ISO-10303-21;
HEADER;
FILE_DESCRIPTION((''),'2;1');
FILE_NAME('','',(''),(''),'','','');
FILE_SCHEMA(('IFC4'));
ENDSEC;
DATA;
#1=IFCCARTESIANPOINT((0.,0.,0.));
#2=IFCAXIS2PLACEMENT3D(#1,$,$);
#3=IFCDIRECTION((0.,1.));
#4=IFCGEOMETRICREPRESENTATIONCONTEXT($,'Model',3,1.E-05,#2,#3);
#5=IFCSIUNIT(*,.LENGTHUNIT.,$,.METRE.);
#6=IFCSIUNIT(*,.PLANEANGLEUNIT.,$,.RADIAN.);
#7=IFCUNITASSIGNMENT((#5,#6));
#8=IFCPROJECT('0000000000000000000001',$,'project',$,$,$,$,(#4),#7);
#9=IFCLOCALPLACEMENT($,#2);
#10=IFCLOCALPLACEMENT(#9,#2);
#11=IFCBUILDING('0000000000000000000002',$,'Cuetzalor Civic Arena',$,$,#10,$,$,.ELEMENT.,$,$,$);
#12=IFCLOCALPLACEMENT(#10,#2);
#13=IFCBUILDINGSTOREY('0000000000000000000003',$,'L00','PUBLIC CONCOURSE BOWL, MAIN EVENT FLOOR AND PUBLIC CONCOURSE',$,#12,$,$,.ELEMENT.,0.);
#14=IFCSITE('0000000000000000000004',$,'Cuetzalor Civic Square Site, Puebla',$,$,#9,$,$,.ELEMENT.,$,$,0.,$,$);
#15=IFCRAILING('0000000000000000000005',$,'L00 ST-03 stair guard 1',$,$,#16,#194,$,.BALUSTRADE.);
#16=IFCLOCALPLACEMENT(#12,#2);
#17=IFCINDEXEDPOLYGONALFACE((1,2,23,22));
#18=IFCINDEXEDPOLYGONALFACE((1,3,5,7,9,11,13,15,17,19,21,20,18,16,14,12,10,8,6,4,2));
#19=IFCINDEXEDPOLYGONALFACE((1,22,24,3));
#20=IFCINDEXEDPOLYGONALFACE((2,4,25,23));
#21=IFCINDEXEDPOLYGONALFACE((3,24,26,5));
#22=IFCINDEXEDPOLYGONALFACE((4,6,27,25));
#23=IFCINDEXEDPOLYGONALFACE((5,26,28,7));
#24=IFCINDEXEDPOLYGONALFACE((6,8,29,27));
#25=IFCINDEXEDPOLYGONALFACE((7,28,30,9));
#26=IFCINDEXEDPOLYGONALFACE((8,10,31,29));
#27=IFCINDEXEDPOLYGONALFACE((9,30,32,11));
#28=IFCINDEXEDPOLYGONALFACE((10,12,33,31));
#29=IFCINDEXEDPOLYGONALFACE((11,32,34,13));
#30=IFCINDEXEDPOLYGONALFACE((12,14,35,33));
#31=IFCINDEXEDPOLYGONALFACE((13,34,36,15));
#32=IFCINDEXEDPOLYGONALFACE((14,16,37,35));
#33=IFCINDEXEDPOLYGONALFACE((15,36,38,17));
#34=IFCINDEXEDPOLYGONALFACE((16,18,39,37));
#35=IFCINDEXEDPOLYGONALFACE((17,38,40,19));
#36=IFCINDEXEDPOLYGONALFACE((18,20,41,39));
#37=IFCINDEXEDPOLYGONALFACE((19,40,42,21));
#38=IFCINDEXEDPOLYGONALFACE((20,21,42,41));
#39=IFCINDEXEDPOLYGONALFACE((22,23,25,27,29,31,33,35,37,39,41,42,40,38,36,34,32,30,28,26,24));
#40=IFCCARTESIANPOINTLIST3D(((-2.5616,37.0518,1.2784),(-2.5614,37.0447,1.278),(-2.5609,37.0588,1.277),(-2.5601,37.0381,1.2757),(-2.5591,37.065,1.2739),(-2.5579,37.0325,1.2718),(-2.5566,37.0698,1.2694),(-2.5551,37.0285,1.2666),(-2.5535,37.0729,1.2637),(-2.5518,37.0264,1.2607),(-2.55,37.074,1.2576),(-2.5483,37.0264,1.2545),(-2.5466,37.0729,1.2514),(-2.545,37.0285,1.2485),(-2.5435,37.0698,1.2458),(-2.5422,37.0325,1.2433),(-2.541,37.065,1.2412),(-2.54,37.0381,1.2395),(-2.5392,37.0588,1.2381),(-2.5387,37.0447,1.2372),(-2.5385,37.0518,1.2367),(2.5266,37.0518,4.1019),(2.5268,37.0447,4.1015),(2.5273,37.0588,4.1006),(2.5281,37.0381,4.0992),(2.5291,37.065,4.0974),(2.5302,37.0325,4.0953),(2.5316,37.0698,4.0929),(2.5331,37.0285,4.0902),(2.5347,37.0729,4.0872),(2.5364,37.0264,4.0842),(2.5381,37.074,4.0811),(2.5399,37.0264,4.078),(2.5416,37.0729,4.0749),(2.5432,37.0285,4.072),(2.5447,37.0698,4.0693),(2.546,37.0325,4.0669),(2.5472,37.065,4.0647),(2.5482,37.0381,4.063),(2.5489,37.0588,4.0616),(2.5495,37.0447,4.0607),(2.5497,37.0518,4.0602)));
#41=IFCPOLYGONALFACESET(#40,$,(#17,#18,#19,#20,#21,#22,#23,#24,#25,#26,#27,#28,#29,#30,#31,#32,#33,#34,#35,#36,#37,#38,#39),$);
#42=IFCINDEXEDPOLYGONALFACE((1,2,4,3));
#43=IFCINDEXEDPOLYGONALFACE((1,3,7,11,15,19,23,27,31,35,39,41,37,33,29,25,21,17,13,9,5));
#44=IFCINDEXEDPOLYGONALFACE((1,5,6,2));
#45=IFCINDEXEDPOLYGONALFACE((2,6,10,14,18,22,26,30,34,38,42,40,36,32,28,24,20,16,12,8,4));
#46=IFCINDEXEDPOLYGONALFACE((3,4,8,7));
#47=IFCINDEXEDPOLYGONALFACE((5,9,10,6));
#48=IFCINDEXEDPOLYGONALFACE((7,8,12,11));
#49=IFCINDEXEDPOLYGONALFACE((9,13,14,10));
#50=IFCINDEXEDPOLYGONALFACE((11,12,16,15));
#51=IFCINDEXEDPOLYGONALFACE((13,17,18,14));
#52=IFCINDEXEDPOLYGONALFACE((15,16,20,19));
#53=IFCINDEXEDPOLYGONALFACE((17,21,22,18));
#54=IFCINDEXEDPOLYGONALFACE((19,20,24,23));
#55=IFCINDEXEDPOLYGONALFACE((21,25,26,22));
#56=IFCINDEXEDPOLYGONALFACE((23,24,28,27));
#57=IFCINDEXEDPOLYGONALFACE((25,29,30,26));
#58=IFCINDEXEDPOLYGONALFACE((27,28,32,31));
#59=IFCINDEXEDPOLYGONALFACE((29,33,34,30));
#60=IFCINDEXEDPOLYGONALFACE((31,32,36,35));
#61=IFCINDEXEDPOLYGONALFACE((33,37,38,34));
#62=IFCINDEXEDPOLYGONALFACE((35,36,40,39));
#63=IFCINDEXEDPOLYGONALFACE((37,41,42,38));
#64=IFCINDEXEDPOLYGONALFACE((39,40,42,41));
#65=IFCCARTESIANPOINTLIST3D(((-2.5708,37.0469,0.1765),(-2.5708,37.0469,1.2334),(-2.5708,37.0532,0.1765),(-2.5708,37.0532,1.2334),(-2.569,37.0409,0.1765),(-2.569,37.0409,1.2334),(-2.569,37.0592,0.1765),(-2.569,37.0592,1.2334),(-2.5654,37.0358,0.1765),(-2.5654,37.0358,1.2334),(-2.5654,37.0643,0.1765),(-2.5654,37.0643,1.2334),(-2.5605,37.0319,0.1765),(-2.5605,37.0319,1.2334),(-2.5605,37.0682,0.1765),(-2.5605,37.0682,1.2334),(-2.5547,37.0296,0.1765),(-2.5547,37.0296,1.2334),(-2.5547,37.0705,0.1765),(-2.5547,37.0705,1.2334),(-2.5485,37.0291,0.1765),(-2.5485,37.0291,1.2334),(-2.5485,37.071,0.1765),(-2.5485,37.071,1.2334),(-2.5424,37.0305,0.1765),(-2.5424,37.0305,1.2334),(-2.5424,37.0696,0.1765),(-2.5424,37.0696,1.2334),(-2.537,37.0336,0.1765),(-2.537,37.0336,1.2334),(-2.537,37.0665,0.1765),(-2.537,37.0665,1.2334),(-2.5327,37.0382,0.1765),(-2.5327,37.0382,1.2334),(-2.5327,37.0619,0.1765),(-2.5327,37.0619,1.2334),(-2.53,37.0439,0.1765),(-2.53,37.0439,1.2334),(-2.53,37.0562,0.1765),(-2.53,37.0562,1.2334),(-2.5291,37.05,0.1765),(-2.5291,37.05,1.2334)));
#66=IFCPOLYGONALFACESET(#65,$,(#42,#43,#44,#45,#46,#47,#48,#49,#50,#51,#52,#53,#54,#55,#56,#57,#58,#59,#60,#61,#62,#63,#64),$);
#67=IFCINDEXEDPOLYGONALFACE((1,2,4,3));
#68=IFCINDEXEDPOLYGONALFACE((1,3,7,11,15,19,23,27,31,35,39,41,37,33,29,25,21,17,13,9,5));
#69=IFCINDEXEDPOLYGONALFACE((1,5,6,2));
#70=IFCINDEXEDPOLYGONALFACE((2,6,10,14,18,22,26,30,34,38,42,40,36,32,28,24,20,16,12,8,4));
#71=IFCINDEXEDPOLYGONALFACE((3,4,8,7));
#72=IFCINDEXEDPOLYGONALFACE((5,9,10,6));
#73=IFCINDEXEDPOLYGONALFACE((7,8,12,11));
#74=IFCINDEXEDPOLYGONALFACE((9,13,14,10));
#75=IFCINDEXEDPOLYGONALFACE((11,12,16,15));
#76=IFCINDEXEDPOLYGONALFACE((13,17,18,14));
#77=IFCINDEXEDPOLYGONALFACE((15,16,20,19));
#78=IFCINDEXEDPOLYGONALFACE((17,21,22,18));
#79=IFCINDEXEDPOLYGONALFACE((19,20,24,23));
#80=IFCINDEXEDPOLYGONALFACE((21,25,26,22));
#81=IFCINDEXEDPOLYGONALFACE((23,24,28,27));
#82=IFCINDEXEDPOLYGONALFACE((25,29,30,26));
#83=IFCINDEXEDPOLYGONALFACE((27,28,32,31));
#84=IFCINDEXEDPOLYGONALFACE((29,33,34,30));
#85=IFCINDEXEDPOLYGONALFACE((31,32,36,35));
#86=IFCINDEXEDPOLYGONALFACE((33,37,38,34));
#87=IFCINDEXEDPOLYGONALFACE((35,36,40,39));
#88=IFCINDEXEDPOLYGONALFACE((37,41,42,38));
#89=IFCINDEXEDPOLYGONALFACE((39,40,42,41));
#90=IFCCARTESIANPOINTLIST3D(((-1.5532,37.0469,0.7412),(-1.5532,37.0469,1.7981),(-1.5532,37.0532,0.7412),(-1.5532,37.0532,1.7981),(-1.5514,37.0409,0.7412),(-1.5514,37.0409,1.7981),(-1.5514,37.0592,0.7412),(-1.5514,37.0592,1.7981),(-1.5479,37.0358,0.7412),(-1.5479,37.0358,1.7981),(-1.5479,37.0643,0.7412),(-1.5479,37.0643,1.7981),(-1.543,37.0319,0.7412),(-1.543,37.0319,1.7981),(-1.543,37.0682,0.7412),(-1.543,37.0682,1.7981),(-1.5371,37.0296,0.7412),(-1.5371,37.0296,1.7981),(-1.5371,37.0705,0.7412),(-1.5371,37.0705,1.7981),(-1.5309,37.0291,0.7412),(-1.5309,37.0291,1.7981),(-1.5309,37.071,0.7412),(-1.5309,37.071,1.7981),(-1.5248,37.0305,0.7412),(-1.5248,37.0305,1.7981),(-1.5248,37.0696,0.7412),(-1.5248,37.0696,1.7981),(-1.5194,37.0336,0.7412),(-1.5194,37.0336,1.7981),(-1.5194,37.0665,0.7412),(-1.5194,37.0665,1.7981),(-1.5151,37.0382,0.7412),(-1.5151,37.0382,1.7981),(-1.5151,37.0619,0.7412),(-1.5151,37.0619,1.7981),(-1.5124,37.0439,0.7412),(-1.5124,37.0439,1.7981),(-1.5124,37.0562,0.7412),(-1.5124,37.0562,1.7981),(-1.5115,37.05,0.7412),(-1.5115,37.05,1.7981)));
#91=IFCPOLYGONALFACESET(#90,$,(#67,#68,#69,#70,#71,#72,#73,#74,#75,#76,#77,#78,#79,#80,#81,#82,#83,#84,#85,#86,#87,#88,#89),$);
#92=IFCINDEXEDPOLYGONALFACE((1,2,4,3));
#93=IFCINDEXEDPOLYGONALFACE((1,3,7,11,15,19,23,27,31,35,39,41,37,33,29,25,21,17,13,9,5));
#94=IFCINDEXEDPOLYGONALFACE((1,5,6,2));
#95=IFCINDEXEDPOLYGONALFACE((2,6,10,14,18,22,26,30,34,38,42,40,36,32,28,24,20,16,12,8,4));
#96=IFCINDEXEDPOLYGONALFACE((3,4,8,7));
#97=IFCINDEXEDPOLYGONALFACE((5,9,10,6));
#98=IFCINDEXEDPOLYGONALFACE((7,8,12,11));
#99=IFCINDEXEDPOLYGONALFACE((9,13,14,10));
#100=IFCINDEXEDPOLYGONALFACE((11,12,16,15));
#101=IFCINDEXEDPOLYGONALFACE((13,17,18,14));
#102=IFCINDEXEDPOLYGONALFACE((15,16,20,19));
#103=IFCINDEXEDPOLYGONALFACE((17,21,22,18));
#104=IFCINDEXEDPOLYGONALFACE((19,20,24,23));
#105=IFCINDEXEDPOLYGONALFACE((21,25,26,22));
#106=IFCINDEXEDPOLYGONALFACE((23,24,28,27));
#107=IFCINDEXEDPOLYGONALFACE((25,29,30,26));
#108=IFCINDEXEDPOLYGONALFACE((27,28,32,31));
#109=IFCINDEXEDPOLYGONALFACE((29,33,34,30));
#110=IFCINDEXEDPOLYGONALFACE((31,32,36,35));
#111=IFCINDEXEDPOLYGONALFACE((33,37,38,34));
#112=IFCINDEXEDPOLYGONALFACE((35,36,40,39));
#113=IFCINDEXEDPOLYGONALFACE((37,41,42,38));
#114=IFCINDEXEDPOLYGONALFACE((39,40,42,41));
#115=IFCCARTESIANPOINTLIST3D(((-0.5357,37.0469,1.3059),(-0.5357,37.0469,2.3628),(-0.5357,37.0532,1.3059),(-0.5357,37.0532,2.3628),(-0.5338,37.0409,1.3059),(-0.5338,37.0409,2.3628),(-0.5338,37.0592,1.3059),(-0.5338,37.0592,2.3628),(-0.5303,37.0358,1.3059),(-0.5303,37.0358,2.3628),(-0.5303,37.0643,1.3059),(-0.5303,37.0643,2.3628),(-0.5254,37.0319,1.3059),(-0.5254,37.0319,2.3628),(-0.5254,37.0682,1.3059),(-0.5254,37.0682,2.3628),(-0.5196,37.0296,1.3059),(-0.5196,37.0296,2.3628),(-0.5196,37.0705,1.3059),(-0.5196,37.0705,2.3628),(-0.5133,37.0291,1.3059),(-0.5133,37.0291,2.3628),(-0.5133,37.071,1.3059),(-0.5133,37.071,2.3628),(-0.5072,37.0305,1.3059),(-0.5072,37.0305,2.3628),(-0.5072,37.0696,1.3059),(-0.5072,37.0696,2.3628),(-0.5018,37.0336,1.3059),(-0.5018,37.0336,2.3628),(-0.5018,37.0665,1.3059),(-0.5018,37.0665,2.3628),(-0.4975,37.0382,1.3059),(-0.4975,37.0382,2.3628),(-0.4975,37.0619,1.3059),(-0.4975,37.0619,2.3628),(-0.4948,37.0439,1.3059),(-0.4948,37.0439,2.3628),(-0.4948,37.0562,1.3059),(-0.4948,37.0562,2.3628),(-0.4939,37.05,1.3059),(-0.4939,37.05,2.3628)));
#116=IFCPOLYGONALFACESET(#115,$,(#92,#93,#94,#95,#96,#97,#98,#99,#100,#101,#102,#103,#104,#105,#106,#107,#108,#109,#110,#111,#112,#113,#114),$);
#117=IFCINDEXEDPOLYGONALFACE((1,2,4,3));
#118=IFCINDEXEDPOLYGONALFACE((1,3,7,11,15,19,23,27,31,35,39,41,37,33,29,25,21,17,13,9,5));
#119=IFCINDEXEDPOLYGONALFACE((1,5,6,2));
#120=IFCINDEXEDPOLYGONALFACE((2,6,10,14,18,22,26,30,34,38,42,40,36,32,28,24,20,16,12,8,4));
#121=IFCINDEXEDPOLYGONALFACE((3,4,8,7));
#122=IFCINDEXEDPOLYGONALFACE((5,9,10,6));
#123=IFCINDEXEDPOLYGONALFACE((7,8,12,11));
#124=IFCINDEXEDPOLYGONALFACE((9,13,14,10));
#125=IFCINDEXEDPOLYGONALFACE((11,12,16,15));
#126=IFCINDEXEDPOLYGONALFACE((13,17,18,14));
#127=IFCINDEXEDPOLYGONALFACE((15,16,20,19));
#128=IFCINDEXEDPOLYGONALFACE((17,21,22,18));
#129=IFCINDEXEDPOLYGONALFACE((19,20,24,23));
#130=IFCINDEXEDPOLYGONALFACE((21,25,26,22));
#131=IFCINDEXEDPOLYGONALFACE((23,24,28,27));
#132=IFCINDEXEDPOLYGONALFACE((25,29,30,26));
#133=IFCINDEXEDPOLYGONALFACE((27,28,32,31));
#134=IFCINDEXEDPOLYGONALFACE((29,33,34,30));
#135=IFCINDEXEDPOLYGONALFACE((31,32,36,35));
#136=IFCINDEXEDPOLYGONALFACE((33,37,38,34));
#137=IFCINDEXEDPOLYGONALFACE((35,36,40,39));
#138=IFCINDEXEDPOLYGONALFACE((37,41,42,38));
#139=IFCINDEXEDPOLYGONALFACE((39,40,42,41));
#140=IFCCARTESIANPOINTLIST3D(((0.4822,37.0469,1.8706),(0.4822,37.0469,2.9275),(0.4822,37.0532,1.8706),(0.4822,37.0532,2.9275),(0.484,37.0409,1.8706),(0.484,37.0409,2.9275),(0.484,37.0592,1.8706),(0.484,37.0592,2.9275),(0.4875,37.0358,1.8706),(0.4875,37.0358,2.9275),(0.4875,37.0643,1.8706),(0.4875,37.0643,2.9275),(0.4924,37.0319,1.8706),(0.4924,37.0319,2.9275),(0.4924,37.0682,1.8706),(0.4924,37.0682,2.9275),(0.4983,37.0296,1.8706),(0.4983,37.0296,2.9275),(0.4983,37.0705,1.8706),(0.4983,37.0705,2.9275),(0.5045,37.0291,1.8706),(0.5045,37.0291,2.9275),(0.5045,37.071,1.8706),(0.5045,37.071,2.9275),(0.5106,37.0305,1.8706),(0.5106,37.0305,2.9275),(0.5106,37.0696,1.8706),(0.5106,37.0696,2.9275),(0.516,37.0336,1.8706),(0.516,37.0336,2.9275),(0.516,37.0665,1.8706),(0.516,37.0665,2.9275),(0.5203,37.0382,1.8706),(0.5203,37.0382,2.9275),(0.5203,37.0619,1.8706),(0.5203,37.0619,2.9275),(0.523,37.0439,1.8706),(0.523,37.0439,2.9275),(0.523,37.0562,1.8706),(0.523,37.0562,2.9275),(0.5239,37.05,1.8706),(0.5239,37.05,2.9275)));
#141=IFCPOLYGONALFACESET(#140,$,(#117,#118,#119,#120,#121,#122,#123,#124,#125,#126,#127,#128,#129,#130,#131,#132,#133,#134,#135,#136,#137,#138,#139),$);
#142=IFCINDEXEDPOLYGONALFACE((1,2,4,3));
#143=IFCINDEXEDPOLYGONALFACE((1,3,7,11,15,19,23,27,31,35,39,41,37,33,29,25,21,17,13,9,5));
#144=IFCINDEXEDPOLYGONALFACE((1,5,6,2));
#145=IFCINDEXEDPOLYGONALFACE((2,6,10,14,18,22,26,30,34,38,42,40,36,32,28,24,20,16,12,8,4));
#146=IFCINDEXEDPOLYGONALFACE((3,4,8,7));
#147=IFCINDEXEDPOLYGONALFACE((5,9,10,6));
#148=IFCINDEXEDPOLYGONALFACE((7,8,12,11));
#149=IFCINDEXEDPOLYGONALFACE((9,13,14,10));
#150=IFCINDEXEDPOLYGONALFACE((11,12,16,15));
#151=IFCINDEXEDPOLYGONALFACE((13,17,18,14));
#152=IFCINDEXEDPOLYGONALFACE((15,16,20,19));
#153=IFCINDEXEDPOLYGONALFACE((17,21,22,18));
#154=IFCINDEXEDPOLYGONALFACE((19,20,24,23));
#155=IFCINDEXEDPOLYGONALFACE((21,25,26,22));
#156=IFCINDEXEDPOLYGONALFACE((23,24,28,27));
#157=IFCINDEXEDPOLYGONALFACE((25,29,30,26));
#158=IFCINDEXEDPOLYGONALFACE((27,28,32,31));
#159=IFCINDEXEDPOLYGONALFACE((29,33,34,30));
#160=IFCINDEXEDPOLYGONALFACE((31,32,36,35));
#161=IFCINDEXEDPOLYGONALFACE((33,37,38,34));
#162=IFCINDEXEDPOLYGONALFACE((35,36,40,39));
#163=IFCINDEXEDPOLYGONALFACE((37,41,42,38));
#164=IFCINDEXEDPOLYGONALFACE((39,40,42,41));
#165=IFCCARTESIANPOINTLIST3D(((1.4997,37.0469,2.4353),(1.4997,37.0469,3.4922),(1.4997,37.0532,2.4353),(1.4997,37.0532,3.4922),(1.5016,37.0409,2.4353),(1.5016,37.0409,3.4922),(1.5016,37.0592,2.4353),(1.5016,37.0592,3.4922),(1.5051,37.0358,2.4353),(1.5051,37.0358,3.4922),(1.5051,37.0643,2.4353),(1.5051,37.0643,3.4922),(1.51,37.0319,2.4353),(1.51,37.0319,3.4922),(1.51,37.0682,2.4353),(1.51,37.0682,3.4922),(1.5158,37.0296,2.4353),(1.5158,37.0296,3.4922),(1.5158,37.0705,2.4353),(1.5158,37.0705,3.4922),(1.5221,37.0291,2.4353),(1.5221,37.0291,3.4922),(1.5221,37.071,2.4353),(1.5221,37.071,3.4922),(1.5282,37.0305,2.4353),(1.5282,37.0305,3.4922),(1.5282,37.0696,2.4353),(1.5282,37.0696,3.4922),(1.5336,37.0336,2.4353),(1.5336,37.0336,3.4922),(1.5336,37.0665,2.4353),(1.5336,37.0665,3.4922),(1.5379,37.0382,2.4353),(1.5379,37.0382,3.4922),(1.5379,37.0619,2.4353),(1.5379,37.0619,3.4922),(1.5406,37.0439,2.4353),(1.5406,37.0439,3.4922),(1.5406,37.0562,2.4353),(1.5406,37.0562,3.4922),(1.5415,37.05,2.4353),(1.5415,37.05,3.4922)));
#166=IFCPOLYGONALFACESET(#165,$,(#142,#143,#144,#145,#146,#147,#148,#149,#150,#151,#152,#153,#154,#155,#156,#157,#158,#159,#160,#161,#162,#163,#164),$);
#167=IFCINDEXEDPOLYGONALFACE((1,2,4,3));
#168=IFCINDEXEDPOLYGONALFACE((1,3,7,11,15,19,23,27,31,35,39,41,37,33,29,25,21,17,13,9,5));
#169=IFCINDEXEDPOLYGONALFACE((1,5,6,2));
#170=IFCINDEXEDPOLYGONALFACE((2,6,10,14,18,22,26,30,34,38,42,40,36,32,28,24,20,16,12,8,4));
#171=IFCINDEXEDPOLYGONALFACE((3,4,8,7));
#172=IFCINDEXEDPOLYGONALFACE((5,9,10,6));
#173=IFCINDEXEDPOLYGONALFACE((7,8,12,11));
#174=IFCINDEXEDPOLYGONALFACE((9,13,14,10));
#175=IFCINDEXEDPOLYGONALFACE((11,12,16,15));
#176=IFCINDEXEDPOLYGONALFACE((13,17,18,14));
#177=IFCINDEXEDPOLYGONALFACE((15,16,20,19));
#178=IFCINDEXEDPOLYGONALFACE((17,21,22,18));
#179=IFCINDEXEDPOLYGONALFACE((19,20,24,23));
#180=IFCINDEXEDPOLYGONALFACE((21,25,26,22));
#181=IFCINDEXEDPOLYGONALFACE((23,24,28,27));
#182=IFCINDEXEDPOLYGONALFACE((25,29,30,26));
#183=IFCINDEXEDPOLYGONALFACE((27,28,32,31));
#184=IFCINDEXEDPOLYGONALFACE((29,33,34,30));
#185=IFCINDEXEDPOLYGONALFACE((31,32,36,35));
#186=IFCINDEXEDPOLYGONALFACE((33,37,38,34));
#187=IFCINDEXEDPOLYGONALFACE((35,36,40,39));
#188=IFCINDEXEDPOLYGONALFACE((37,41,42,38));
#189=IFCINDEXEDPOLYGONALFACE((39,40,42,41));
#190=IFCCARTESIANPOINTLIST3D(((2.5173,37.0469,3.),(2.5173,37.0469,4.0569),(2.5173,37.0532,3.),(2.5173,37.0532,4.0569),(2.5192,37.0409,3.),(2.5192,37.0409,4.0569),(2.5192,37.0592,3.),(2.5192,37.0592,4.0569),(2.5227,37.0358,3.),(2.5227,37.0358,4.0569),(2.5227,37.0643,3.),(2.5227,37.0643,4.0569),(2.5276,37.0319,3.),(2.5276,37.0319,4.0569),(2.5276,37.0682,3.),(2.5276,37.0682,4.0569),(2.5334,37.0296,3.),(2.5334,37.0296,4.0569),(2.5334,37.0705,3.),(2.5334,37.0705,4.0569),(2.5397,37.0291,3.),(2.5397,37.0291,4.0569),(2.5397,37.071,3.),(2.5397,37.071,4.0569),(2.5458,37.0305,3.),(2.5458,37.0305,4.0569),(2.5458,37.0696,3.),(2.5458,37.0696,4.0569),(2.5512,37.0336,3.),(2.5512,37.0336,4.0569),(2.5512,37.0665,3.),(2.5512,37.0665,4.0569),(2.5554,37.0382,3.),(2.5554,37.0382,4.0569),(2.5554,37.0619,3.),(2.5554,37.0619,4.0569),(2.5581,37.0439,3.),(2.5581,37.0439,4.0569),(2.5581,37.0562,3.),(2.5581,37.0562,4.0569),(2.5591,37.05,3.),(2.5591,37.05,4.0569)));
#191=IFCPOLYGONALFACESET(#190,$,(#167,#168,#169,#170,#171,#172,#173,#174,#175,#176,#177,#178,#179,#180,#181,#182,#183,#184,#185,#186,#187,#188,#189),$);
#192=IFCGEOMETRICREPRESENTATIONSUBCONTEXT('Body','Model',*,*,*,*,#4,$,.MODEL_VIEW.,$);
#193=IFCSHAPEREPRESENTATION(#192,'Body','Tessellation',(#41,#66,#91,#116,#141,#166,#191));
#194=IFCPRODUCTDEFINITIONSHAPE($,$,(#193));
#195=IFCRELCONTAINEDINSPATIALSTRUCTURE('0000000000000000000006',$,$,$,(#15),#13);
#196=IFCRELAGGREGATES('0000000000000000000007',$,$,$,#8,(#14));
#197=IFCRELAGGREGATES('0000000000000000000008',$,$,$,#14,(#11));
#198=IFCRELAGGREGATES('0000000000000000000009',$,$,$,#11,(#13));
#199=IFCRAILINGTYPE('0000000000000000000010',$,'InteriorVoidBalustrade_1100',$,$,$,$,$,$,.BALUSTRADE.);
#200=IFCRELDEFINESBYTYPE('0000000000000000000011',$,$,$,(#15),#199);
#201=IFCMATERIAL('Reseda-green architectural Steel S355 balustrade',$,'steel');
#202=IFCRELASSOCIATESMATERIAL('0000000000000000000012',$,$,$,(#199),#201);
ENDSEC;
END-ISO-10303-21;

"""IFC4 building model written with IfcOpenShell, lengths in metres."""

from ifc_helpers import new_model, si_unit, direction, frame, origin, origin_2d, place, context, subcontext, project, spatial, circle, extrude, material, type_object, element, save


model = new_model("IFC4")

# Units and contexts
model_context = context("Model", 3, precision=1e-05, world=origin(), true_north=direction((0.0, 1.0)))
body_context = subcontext(model_context, "Body", "Model", "MODEL_VIEW")
ifc_project = project(units=[si_unit("LENGTHUNIT", "METRE"), si_unit("PLANEANGLEUNIT", "RADIAN")], contexts=[model_context])

# Site, building, storey
site_placement = place(None, origin())
site = spatial("IfcSite", under=ifc_project, at=site_placement, Name="Cuetzalor Civic Square Site, Puebla", CompositionType="ELEMENT", RefElevation=0.0)
building_placement = place(site_placement, origin())
building = spatial("IfcBuilding", under=site, at=building_placement, Name="Cuetzalor Civic Arena", CompositionType="ELEMENT")
storey_placement = place(building_placement, origin())
storey = spatial("IfcBuildingStorey", under=building, at=storey_placement, Name="L00", Description="PUBLIC CONCOURSE BOWL, MAIN EVENT FLOOR AND PUBLIC CONCOURSE", CompositionType="ELEMENT", Elevation=0.0)

# Railing
ifc_material_1 = material(Name="Reseda-green architectural Steel S355 balustrade", Category="steel")
railing_type_1 = type_object("IfcRailingType", Name="InteriorVoidBalustrade_1100", PredefinedType="BALUSTRADE", material=ifc_material_1)
railing_1_placement = place(storey_placement, frame((-2.55, 37.05, 0.1765)))
element("IfcRailing", 1, at=railing_1_placement, inside=storey, type_object=railing_type_1, Name="L00 ST-03 stair guard 1", PredefinedType="BALUSTRADE", context=body_context, shape_type="SweptSolid", body=[
    extrude(circle(Radius=0.0239, at=origin_2d()), frame((0.0, 0.0, 1.0811), z_axis=(0.874395, 0.0, 0.485215), x_axis=(0.0, 1.0, 0.0)), (0.0, 0.0, 1.0), 5.8191),
    extrude(circle(Radius=0.021, at=origin_2d()), origin(), (0.0, 0.0, 1.0), 1.0569),
    extrude(circle(Radius=0.021, at=origin_2d()), frame((1.0176, 0.0, 0.5647)), (0.0, 0.0, 1.0), 1.0569),
    extrude(circle(Radius=0.021, at=origin_2d()), frame((2.0352, 0.0, 1.1294)), (0.0, 0.0, 1.0), 1.0569),
    extrude(circle(Radius=0.021, at=origin_2d()), frame((3.053, 0.0, 1.6941)), (0.0, 0.0, 1.0), 1.0569),
    extrude(circle(Radius=0.021, at=origin_2d()), frame((4.0706, 0.0, 2.2588)), (0.0, 0.0, 1.0), 1.0569),
    extrude(circle(Radius=0.021, at=origin_2d()), frame((5.0881, 0.0, 2.8235)), (0.0, 0.0, 1.0), 1.0569),
])

save(model, "model.ifc")
